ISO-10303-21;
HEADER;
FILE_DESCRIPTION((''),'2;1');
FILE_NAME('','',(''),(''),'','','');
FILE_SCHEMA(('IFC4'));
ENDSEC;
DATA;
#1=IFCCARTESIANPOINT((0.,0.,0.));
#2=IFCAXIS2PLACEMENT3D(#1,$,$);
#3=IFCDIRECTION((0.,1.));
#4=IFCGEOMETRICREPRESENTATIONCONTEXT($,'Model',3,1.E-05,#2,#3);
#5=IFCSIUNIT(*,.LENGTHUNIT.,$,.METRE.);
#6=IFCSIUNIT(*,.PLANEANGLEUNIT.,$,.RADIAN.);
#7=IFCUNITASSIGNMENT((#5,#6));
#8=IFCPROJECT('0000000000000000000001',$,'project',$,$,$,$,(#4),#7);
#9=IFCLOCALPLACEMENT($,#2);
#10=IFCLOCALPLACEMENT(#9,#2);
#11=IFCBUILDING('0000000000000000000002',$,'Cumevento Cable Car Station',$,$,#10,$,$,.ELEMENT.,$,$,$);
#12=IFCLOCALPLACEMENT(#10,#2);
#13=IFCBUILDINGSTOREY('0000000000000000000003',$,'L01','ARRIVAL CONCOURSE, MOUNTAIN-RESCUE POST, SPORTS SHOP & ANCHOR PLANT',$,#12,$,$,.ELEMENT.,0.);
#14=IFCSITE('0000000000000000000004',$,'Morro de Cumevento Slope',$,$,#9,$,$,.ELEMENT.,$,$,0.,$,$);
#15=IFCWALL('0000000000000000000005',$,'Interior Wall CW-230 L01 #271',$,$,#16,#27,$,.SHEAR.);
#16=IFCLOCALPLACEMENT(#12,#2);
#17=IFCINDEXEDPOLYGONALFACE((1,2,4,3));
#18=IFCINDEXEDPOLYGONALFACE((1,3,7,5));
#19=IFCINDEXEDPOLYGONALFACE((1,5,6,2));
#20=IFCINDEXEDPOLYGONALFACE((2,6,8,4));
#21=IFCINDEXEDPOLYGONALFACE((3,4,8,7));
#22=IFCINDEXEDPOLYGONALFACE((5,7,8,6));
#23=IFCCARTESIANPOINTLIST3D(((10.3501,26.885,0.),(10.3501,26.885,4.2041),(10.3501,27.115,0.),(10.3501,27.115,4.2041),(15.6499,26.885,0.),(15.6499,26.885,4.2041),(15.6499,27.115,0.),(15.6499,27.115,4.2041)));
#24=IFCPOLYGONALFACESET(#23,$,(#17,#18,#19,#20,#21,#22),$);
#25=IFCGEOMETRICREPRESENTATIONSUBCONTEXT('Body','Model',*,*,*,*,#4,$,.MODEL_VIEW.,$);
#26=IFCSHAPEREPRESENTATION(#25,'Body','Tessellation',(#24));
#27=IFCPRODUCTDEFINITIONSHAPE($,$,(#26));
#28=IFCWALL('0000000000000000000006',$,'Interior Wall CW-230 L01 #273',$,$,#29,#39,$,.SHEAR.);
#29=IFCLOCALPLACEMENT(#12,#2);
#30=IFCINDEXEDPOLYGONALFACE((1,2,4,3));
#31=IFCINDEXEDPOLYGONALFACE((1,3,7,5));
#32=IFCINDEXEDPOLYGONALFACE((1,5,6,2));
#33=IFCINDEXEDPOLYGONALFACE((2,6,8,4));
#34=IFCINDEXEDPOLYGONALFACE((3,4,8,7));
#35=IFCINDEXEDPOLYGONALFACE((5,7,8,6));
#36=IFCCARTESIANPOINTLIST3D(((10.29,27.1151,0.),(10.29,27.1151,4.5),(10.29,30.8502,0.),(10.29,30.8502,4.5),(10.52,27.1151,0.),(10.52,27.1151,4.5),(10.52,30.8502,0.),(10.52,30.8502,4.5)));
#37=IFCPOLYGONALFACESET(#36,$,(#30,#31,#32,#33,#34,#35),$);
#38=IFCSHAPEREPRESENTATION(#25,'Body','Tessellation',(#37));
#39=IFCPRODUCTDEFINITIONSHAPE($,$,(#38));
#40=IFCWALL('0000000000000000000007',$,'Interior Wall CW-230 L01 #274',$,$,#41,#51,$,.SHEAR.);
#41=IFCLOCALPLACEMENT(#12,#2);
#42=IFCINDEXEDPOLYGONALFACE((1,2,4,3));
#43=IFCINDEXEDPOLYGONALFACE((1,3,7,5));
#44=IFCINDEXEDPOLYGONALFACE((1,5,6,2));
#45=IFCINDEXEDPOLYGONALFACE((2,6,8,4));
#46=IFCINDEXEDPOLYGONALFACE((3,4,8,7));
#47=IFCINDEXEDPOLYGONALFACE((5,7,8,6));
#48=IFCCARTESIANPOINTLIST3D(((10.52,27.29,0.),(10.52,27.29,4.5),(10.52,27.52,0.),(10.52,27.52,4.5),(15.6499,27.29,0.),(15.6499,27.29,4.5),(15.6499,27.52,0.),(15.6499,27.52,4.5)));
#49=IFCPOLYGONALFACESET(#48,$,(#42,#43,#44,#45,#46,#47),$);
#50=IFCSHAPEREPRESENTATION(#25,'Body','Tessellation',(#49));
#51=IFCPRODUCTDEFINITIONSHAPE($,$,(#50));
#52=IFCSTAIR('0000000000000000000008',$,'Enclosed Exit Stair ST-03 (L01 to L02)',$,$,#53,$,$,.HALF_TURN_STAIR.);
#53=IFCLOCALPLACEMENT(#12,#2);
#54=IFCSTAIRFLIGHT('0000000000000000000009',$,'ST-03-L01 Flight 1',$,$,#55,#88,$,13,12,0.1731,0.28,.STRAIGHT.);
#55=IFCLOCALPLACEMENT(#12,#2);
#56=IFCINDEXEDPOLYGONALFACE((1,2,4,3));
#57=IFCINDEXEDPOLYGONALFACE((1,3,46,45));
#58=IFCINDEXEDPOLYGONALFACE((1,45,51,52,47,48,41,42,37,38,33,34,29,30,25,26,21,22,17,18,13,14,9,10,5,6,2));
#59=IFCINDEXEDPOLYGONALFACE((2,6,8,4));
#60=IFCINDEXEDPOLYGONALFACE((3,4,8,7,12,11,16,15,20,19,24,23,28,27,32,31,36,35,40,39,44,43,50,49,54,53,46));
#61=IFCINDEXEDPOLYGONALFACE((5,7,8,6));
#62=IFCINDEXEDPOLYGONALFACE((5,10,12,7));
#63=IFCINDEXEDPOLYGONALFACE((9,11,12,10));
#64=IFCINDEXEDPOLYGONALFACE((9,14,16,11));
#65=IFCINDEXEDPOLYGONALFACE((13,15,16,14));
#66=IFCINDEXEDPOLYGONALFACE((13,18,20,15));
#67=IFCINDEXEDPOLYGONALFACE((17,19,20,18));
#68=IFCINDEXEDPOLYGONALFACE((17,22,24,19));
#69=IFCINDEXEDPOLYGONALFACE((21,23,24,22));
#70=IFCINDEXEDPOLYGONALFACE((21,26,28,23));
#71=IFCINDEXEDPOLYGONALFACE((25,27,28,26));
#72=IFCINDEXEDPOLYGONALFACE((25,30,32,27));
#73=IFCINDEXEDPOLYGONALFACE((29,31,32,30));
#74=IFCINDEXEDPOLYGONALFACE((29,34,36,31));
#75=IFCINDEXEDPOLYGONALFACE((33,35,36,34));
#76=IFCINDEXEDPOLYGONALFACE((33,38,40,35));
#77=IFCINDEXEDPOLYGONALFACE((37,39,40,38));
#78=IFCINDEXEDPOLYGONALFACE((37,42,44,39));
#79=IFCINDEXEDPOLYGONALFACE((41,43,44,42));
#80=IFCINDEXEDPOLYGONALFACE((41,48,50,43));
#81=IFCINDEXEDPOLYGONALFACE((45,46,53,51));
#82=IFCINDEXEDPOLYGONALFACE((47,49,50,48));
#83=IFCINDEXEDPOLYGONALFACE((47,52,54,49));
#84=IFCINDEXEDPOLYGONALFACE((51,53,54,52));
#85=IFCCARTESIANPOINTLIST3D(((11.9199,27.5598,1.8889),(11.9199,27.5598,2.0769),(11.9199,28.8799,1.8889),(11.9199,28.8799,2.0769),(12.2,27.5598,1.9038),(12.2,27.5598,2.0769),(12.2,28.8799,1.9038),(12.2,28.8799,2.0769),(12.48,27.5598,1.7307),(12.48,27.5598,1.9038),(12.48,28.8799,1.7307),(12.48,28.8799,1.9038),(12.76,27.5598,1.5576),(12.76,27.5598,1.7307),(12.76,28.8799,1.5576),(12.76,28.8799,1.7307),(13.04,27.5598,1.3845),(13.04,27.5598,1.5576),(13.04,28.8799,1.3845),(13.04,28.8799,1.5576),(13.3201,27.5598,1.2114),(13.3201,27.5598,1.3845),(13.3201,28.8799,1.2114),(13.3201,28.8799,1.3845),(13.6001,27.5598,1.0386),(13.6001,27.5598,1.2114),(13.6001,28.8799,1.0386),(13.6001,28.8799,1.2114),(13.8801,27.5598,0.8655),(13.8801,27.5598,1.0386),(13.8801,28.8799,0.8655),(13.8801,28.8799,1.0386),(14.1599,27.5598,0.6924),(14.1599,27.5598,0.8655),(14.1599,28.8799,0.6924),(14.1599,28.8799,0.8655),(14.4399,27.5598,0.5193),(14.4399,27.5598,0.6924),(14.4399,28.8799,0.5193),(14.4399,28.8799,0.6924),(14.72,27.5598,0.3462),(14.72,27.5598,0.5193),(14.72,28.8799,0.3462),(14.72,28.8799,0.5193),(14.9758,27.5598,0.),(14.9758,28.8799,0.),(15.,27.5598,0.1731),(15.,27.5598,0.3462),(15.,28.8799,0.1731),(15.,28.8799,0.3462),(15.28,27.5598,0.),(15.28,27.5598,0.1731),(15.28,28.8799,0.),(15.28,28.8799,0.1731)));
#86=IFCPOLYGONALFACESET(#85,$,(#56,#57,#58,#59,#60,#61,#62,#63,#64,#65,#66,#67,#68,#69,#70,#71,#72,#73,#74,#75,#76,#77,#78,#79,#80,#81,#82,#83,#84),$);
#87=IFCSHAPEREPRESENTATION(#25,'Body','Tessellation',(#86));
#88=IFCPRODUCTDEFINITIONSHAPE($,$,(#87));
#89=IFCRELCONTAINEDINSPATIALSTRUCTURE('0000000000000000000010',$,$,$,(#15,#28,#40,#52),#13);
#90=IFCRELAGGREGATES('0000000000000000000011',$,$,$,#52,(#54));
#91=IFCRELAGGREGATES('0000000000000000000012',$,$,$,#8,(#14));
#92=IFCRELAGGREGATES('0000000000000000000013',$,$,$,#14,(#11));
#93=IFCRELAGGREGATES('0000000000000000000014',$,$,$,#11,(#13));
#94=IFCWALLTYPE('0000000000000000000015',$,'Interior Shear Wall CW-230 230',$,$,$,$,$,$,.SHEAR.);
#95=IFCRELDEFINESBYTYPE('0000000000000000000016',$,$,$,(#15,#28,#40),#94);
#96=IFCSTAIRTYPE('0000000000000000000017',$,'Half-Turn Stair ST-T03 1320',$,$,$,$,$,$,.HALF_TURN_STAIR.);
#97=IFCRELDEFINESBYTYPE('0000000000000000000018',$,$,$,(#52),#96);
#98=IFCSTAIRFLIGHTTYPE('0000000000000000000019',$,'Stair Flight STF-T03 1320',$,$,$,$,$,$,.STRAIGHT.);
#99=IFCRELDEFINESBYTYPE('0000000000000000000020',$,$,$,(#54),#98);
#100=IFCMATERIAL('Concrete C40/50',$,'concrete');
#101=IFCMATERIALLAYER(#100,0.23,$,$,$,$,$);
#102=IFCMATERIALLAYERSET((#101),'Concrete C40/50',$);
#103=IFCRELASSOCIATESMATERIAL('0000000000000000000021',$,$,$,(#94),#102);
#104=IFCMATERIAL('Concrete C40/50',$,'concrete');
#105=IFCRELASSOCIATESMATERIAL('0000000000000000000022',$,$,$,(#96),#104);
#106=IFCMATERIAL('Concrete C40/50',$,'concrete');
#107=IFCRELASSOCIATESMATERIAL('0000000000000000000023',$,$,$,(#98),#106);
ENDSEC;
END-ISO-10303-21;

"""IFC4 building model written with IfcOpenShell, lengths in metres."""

from ifc_helpers import new_model, si_unit, direction, frame, frame_2d, origin, place, context, subcontext, project, spatial, polyline, rectangle, outline, extrude, material, layer, layer_set, type_object, element, aggregate, save


model = new_model("IFC4")

# Units and contexts
model_context = context("Model", 3, precision=1e-05, world=origin(), true_north=direction((0.0, 1.0)))
body_context = subcontext(model_context, "Body", "Model", "MODEL_VIEW")
ifc_project = project(units=[si_unit("LENGTHUNIT", "METRE"), si_unit("PLANEANGLEUNIT", "RADIAN")], contexts=[model_context])

# Site, building, storey
site_placement = place(None, origin())
site = spatial("IfcSite", under=ifc_project, at=site_placement, Name="Morro de Cumevento Slope", CompositionType="ELEMENT", RefElevation=0.0)
building_placement = place(site_placement, origin())
building = spatial("IfcBuilding", under=site, at=building_placement, Name="Cumevento Cable Car Station", CompositionType="ELEMENT")
storey_placement = place(building_placement, origin())
storey = spatial("IfcBuildingStorey", under=building, at=storey_placement, Name="L01", Description="ARRIVAL CONCOURSE, MOUNTAIN-RESCUE POST, SPORTS SHOP & ANCHOR PLANT", CompositionType="ELEMENT", Elevation=0.0)

# Walls
ifc_material_1 = material(Name="Concrete C40/50", Category="concrete")
ifc_layer_1 = layer(ifc_material_1, 0.23)
ifc_layer_set_1 = layer_set([ifc_layer_1], Name="Concrete C40/50")
wall_type_1 = type_object("IfcWallType", Name="Interior Shear Wall CW-230 230", PredefinedType="SHEAR", material=ifc_layer_set_1)
wall_1_placement = place(storey_placement, frame((10.3501, 27.0, 0.0), z_axis=(0.0, 0.0, 1.0), x_axis=(1.0, 0.0, 0.0)))
element("IfcWall", 1, at=wall_1_placement, inside=storey, type_object=wall_type_1, Name="Interior Wall CW-230 L01 #271", PredefinedType="SHEAR", context=body_context, shape_type="SweptSolid", body=[
    extrude(rectangle(XDim=5.2998, YDim=0.23, at=frame_2d((2.6499, 0.0))), origin(), (0.0, 0.0, 1.0), 4.2041),
])
wall_2_placement = place(storey_placement, frame((10.405, 27.115, 0.0), z_axis=(0.0, 0.0, 1.0), x_axis=(0.0, 1.0, 0.0)))
element("IfcWall", 2, at=wall_2_placement, inside=storey, type_object=wall_type_1, Name="Interior Wall CW-230 L01 #273", PredefinedType="SHEAR", context=body_context, shape_type="SweptSolid", body=[
    extrude(rectangle(XDim=3.7351, YDim=0.23, at=frame_2d((1.8677, 0.0))), origin(), (0.0, 0.0, 1.0), 4.5),
])
wall_3_placement = place(storey_placement, frame((10.52, 27.405, 0.0), z_axis=(0.0, 0.0, 1.0), x_axis=(1.0, 0.0, 0.0)))
element("IfcWall", 3, at=wall_3_placement, inside=storey, type_object=wall_type_1, Name="Interior Wall CW-230 L01 #274", PredefinedType="SHEAR", context=body_context, shape_type="SweptSolid", body=[
    extrude(rectangle(XDim=5.1299, YDim=0.23, at=frame_2d((2.5649, 0.0))), origin(), (0.0, 0.0, 1.0), 4.5),
])

# Stair, stair flight
ifc_material_2 = material(Name="Concrete C40/50", Category="concrete")
stair_type = type_object("IfcStairType", Name="Half-Turn Stair ST-T03 1320", PredefinedType="HALF_TURN_STAIR", material=ifc_material_2)
stair_placement = place(storey_placement, origin())
stair = element("IfcStair", 4, at=stair_placement, inside=storey, type_object=stair_type, Name="Enclosed Exit Stair ST-03 (L01 to L02)", PredefinedType="HALF_TURN_STAIR")
ifc_material_3 = material(Name="Concrete C40/50", Category="concrete")
stair_flight_type = type_object("IfcStairFlightType", Name="Stair Flight STF-T03 1320", PredefinedType="STRAIGHT", material=ifc_material_3)
stair_flight_placement = place(storey_placement, frame((15.28, 28.22, 0.0), z_axis=(0.0, 0.0, 1.0), x_axis=(-1.0, 0.0, 0.0)))
stair_flight = element("IfcStairFlight", 5, at=stair_flight_placement, type_object=stair_flight_type, Name="ST-03-L01 Flight 1", NumberOfRisers=13, NumberOfTreads=12, PredefinedType="STRAIGHT", RiserHeight=0.1731, TreadLength=0.28, context=body_context, shape_type="SweptSolid", body=[
    extrude(outline(polyline([(0.0, 0.0), (0.0, 0.1731), (0.28, 0.1731), (0.28, 0.3462), (0.5601, 0.3462), (0.5601, 0.5193), (0.8401, 0.5193), (0.8401, 0.6924), (1.1201, 0.6924), (1.1201, 0.8655), (1.3999, 0.8655), (1.3999, 1.0386), (1.6799, 1.0386), (1.6799, 1.2114), (1.96, 1.2114), (1.96, 1.3845), (2.24, 1.3845), (2.24, 1.5576), (2.52, 1.5576), (2.52, 1.7307), (2.8, 1.7307), (2.8, 1.9038), (3.0801, 1.9038), (3.0801, 2.0769), (3.3601, 2.0769), (3.3601, 2.25), (3.3601, 1.8889), (0.3042, 0.0), (0.0, 0.0)])), frame((0.0, 0.6602, 0.0), z_axis=(0.0, -1.0, 0.0), x_axis=(1.0, 0.0, 0.0)), (0.0, 0.0, 1.0), 1.3201),
])
aggregate(stair, [stair_flight])

save(model, "model.ifc")
